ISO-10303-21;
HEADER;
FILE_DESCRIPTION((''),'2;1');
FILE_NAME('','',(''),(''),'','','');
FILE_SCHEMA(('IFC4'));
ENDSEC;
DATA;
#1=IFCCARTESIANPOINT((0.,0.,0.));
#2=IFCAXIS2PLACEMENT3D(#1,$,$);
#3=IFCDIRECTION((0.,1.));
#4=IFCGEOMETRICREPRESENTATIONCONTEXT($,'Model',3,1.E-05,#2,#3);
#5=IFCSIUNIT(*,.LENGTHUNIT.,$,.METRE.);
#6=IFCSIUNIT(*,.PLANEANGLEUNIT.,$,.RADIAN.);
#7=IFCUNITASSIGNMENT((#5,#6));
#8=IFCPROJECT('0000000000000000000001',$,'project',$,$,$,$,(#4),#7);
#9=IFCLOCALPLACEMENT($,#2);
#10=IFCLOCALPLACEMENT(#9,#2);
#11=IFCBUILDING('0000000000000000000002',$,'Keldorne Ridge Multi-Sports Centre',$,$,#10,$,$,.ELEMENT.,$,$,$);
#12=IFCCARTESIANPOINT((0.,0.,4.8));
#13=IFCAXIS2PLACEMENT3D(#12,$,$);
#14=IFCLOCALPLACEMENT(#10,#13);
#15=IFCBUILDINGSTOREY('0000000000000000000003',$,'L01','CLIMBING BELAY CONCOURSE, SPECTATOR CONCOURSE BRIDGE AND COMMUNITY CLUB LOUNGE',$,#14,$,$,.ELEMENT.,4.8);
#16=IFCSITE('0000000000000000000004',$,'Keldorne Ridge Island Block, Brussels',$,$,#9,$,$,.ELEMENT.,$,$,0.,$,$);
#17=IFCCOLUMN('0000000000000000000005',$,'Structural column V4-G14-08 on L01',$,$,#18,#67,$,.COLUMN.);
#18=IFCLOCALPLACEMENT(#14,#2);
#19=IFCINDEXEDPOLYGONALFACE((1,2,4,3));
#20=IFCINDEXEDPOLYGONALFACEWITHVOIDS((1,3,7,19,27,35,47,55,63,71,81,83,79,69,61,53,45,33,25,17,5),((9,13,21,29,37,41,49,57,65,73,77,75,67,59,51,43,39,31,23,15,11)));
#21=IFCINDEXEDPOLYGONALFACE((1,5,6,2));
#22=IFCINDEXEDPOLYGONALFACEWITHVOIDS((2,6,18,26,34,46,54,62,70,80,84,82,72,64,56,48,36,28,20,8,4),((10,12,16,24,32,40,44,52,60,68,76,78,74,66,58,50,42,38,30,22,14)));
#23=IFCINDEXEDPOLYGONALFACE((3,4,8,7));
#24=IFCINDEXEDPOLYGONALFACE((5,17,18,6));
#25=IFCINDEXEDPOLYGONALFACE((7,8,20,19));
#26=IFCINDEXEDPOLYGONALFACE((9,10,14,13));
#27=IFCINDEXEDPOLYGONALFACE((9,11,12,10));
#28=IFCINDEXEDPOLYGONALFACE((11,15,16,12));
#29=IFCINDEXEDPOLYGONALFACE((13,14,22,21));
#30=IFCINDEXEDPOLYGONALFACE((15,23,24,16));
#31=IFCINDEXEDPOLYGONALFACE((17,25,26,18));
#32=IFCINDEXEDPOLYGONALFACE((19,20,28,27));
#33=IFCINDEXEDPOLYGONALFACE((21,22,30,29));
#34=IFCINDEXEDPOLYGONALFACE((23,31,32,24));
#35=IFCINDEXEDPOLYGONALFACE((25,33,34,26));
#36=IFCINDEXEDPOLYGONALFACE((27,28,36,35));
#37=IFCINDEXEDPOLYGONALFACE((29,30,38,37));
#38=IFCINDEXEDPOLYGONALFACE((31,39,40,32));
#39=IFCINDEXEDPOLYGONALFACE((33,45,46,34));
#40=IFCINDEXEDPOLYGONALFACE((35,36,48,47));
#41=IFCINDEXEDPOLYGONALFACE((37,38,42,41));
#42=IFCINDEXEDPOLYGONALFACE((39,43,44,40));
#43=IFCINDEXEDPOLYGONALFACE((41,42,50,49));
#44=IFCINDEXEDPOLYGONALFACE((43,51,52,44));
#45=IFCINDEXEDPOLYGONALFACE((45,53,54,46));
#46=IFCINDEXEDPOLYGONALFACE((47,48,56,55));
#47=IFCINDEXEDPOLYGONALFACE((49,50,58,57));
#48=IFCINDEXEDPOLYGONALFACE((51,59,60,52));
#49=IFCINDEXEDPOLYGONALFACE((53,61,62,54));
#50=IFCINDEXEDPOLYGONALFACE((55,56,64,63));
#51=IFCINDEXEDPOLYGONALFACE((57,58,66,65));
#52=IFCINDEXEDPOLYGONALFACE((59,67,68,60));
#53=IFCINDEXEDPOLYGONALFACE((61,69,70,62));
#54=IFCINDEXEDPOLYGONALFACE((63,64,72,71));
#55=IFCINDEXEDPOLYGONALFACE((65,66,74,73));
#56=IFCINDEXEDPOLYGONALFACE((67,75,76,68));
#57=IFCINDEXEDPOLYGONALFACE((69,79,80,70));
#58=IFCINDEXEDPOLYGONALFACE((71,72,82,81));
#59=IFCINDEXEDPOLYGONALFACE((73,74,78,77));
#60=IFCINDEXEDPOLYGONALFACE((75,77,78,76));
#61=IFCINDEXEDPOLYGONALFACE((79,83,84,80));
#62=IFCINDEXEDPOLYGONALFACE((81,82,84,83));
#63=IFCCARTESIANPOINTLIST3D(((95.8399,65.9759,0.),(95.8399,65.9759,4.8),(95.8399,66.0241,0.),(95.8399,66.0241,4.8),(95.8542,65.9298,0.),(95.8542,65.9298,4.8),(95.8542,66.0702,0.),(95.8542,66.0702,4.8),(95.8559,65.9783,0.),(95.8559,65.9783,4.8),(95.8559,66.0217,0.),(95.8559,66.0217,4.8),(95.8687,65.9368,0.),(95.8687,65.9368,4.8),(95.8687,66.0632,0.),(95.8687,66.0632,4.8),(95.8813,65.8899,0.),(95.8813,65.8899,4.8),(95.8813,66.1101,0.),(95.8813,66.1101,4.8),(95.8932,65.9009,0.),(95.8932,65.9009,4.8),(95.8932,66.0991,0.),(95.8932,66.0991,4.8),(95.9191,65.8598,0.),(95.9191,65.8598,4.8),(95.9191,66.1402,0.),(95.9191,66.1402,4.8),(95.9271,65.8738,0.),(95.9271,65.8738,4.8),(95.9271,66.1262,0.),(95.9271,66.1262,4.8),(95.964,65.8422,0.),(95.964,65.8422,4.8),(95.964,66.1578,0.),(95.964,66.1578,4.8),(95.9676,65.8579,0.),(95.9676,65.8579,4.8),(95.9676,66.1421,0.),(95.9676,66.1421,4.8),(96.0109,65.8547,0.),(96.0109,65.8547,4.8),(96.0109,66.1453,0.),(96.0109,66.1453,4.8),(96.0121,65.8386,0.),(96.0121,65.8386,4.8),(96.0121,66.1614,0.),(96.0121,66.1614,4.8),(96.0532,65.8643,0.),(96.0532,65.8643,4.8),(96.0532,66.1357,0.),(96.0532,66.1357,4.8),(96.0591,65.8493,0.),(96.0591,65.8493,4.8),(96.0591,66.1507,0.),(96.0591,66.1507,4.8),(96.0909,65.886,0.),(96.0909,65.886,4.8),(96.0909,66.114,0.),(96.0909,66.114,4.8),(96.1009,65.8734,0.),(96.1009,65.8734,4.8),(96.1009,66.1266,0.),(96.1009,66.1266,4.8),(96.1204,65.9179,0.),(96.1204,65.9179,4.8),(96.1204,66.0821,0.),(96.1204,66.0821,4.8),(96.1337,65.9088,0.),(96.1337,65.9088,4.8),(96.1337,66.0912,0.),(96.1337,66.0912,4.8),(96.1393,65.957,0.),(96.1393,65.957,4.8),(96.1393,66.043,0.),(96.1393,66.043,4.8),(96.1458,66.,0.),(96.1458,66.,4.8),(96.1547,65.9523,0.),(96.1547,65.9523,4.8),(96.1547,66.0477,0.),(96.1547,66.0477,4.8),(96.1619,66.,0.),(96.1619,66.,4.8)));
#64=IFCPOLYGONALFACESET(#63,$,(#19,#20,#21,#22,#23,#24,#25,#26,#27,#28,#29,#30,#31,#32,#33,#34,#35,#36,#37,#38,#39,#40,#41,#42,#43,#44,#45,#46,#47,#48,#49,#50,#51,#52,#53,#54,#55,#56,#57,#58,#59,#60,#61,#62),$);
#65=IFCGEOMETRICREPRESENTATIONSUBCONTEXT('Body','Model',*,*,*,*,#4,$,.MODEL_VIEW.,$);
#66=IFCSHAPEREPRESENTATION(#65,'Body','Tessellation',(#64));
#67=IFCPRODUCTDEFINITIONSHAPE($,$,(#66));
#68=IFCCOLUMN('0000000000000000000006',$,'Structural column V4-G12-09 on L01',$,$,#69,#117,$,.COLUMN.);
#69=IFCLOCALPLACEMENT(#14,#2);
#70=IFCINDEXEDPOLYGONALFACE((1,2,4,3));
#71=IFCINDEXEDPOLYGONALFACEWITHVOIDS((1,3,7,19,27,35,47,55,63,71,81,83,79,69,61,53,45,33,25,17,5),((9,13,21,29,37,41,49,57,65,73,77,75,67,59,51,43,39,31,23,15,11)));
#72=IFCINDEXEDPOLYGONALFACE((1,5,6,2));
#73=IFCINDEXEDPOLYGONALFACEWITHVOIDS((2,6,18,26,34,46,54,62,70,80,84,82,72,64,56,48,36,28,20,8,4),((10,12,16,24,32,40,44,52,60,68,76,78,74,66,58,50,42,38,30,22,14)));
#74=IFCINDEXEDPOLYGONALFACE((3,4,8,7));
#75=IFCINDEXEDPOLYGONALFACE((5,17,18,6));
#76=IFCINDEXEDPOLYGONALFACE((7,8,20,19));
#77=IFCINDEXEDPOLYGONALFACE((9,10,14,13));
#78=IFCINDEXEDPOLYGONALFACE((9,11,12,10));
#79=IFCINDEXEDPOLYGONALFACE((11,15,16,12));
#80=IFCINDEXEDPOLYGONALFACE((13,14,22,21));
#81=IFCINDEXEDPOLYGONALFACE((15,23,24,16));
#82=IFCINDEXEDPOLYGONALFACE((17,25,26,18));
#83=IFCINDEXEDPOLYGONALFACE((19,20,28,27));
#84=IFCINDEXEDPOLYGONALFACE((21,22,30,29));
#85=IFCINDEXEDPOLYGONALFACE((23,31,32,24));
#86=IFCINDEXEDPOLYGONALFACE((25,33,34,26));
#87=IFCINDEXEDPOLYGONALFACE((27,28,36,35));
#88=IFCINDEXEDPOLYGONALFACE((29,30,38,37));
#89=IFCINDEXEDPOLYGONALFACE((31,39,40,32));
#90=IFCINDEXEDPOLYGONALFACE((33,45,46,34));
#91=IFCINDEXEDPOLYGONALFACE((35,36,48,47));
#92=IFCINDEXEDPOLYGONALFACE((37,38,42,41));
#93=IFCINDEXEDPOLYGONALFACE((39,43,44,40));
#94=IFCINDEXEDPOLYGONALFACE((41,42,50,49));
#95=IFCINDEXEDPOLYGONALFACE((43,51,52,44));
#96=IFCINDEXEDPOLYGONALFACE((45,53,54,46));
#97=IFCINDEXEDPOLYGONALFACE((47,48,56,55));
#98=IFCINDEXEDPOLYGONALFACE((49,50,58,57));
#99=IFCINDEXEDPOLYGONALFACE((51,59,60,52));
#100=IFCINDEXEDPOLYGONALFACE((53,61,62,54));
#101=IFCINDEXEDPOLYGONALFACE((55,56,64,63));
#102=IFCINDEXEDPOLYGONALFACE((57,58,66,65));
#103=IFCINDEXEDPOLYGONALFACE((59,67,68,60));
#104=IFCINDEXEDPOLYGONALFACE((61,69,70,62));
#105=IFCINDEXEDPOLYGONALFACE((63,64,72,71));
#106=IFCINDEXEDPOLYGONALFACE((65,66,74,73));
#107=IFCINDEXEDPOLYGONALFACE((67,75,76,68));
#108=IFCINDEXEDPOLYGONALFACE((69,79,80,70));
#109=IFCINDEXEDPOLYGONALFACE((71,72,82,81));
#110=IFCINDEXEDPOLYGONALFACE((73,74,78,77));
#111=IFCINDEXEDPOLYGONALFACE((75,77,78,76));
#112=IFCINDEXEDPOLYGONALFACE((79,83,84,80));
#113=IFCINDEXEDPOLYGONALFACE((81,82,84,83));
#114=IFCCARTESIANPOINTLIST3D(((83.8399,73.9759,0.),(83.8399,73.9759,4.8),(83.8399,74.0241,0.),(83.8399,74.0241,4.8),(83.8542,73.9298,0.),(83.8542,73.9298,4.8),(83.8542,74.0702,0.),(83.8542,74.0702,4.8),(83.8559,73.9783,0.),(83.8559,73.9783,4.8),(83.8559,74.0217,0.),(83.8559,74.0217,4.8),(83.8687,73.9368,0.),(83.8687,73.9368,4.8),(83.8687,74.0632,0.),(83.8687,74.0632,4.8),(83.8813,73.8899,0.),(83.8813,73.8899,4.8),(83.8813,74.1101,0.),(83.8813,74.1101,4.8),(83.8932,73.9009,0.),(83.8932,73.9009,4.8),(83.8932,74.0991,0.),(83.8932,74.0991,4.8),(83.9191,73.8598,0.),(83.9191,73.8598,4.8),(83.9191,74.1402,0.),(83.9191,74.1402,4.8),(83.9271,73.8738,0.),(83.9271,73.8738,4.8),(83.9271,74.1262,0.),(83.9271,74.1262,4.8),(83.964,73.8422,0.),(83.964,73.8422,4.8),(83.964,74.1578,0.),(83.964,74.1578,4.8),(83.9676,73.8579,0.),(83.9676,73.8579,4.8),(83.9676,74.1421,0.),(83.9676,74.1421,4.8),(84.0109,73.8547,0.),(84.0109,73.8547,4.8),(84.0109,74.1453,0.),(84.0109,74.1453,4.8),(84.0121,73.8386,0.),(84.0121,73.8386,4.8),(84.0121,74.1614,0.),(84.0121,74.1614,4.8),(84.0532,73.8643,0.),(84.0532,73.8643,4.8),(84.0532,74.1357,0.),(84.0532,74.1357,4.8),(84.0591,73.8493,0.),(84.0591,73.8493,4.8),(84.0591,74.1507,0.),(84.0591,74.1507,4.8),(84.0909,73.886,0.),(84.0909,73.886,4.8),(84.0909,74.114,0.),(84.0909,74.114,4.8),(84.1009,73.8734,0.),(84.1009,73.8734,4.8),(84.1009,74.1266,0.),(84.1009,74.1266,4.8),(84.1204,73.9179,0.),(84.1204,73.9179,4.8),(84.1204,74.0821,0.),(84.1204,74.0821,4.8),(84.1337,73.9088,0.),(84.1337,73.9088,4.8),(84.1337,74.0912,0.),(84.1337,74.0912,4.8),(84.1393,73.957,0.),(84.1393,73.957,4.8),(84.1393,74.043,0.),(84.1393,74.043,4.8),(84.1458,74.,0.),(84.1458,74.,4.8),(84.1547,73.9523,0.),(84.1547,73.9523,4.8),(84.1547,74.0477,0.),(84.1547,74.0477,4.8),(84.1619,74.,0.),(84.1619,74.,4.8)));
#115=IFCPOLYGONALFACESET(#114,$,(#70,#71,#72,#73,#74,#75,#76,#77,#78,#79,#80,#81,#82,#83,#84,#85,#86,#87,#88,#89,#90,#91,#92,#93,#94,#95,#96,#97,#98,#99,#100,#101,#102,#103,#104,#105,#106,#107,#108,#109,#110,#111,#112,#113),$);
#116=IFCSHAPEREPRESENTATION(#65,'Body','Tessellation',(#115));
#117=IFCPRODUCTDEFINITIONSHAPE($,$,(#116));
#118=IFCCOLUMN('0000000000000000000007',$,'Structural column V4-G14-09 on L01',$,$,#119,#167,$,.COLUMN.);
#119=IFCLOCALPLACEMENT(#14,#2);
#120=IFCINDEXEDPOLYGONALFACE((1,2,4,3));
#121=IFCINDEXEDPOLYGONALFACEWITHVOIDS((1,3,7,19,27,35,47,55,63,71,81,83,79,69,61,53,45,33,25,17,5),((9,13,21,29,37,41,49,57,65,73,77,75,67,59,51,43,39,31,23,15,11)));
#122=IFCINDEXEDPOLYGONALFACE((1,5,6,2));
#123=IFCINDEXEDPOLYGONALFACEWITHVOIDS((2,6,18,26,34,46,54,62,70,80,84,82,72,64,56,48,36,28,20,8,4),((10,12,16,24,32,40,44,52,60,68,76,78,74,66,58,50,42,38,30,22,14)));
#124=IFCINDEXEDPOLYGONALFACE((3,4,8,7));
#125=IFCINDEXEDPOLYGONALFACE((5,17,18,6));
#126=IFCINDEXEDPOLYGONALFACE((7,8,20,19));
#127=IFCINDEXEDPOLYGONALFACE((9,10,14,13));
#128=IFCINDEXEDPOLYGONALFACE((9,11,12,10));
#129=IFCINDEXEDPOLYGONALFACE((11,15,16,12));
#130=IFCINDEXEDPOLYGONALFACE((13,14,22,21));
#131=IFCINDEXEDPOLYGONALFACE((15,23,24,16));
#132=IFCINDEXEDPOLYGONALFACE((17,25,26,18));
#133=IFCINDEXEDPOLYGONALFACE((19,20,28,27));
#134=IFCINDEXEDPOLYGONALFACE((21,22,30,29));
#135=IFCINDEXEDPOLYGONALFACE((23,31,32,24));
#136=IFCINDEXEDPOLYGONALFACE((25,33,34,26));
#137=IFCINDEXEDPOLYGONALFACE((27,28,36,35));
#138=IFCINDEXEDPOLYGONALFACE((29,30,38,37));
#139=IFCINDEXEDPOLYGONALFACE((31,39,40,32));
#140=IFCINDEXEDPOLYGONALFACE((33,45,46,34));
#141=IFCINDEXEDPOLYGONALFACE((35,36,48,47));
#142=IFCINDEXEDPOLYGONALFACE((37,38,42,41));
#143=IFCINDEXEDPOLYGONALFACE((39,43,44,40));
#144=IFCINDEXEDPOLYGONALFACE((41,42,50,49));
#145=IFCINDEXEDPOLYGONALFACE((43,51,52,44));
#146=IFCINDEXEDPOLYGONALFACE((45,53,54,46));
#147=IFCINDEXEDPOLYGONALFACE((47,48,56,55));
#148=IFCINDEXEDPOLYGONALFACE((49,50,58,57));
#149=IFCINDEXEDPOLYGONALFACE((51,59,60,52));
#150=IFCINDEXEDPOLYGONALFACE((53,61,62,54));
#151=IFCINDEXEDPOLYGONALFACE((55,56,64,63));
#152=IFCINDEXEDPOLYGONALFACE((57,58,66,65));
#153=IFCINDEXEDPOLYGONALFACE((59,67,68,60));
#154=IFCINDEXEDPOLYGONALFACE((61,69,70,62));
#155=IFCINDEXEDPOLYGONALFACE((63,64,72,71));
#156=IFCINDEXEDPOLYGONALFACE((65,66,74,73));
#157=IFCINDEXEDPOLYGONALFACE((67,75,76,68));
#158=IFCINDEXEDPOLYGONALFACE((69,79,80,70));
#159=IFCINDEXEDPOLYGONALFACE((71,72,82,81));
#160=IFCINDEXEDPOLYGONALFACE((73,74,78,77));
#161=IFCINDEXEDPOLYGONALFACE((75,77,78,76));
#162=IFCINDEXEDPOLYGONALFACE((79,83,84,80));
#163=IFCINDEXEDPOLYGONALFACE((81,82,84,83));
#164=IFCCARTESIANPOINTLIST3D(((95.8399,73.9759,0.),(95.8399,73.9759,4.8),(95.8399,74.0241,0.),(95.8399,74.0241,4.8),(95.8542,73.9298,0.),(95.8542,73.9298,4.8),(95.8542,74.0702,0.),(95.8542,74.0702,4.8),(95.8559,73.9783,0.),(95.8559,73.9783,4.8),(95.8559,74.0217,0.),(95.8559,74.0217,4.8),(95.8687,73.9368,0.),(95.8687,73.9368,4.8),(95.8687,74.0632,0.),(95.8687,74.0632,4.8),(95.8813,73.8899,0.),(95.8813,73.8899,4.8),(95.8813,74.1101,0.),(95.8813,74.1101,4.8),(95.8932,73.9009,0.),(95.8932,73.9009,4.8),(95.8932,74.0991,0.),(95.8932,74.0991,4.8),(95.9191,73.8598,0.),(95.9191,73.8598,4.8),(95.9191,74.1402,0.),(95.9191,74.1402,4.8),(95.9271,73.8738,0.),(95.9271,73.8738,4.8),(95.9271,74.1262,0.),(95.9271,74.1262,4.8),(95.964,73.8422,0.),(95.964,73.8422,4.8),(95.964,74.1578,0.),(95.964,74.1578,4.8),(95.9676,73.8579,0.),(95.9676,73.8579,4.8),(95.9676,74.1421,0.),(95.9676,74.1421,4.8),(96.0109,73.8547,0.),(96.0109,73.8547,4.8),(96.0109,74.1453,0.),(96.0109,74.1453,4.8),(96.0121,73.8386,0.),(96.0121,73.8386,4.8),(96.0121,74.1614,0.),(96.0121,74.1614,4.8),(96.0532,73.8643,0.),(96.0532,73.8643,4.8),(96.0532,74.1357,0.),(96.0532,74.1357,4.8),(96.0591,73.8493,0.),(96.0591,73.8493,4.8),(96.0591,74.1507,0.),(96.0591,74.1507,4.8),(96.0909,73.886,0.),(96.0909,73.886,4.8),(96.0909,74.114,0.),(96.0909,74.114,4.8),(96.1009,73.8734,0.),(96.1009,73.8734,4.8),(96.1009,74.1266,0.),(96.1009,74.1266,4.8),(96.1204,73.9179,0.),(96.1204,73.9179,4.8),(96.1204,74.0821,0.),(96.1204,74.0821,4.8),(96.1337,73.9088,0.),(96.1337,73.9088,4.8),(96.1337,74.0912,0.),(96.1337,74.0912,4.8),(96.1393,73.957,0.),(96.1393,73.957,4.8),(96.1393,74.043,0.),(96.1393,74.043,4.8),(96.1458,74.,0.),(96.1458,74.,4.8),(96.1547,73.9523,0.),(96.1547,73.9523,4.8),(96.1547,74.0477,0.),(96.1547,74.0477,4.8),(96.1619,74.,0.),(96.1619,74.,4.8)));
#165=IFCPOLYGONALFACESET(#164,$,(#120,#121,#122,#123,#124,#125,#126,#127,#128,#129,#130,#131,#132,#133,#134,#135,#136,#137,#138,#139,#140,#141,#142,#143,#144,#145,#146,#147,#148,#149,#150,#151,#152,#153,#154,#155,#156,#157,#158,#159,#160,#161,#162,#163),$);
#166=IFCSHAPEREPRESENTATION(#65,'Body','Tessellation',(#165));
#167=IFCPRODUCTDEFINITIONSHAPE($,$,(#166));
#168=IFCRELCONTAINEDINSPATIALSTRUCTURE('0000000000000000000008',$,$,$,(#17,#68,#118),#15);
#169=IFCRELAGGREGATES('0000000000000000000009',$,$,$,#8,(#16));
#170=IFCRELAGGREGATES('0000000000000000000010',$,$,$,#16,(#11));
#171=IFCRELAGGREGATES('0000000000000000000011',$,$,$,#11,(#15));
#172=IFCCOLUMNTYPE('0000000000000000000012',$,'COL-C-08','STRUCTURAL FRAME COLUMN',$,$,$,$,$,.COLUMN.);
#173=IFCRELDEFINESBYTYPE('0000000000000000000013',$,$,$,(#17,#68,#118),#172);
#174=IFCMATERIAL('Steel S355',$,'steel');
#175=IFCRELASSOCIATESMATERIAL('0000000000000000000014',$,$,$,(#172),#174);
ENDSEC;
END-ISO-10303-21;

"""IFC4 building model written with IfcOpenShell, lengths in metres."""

from ifc_helpers import new_model, si_unit, direction, frame, origin, origin_2d, place, context, subcontext, project, spatial, hollow_circle, extrude, material, material_profile, profile_set, type_object, element, save


model = new_model("IFC4")

# Units and contexts
model_context = context("Model", 3, precision=1e-05, world=origin(), true_north=direction((0.0, 1.0)))
body_context = subcontext(model_context, "Body", "Model", "MODEL_VIEW")
ifc_project = project(units=[si_unit("LENGTHUNIT", "METRE"), si_unit("PLANEANGLEUNIT", "RADIAN")], contexts=[model_context])

# Site, building, storey
site_placement = place(None, origin())
site = spatial("IfcSite", under=ifc_project, at=site_placement, Name="Keldorne Ridge Island Block, Brussels", CompositionType="ELEMENT", RefElevation=0.0)
building_placement = place(site_placement, origin())
building = spatial("IfcBuilding", under=site, at=building_placement, Name="Keldorne Ridge Multi-Sports Centre", CompositionType="ELEMENT")
storey_placement = place(building_placement, frame((0.0, 0.0, 4.8)))
storey = spatial("IfcBuildingStorey", under=building, at=storey_placement, Name="L01", Description="CLIMBING BELAY CONCOURSE, SPECTATOR CONCOURSE BRIDGE AND COMMUNITY CLUB LOUNGE", CompositionType="ELEMENT", Elevation=4.8)

# Columns
ifc_material_1 = material(Name="Steel S355", Category="steel")
ifc_material_profile_1 = material_profile(ifc_material_1, hollow_circle(Radius=0.1619, WallThickness=0.0161, at=origin_2d()), Name="CHS 323.9x16")
ifc_profile_set_1 = profile_set([ifc_material_profile_1], Name="Steel S355")
column_type = type_object("IfcColumnType", Name="COL-C-08", Description="STRUCTURAL FRAME COLUMN", PredefinedType="COLUMN", material=ifc_profile_set_1)
for number, where, z_axis, x_axis, name in (
    (1, (96.0, 66.0, 0.0), (0.0, 0.0, 1.0), (1.0, 0.0, 0.0), "Structural column V4-G14-08 on L01"),
    (2, (84.0, 74.0, 0.0), (0.0, 0.0, 1.0), (1.0, 0.0, 0.0), "Structural column V4-G12-09 on L01"),
    (3, (96.0, 74.0, 0.0), (0.0, 0.0, 1.0), (1.0, 0.0, 0.0), "Structural column V4-G14-09 on L01"),
):
    element("IfcColumn", number, at=place(storey_placement, frame(where, z_axis=z_axis, x_axis=x_axis)), inside=storey, type_object=column_type, Name=name, PredefinedType="COLUMN", context=body_context, shape_type="SweptSolid", body=[
        extrude(hollow_circle(Radius=0.1619, WallThickness=0.0161, at=origin_2d()), origin(), (0.0, 0.0, 1.0), 4.8),
    ])

save(model, "model.ifc")
